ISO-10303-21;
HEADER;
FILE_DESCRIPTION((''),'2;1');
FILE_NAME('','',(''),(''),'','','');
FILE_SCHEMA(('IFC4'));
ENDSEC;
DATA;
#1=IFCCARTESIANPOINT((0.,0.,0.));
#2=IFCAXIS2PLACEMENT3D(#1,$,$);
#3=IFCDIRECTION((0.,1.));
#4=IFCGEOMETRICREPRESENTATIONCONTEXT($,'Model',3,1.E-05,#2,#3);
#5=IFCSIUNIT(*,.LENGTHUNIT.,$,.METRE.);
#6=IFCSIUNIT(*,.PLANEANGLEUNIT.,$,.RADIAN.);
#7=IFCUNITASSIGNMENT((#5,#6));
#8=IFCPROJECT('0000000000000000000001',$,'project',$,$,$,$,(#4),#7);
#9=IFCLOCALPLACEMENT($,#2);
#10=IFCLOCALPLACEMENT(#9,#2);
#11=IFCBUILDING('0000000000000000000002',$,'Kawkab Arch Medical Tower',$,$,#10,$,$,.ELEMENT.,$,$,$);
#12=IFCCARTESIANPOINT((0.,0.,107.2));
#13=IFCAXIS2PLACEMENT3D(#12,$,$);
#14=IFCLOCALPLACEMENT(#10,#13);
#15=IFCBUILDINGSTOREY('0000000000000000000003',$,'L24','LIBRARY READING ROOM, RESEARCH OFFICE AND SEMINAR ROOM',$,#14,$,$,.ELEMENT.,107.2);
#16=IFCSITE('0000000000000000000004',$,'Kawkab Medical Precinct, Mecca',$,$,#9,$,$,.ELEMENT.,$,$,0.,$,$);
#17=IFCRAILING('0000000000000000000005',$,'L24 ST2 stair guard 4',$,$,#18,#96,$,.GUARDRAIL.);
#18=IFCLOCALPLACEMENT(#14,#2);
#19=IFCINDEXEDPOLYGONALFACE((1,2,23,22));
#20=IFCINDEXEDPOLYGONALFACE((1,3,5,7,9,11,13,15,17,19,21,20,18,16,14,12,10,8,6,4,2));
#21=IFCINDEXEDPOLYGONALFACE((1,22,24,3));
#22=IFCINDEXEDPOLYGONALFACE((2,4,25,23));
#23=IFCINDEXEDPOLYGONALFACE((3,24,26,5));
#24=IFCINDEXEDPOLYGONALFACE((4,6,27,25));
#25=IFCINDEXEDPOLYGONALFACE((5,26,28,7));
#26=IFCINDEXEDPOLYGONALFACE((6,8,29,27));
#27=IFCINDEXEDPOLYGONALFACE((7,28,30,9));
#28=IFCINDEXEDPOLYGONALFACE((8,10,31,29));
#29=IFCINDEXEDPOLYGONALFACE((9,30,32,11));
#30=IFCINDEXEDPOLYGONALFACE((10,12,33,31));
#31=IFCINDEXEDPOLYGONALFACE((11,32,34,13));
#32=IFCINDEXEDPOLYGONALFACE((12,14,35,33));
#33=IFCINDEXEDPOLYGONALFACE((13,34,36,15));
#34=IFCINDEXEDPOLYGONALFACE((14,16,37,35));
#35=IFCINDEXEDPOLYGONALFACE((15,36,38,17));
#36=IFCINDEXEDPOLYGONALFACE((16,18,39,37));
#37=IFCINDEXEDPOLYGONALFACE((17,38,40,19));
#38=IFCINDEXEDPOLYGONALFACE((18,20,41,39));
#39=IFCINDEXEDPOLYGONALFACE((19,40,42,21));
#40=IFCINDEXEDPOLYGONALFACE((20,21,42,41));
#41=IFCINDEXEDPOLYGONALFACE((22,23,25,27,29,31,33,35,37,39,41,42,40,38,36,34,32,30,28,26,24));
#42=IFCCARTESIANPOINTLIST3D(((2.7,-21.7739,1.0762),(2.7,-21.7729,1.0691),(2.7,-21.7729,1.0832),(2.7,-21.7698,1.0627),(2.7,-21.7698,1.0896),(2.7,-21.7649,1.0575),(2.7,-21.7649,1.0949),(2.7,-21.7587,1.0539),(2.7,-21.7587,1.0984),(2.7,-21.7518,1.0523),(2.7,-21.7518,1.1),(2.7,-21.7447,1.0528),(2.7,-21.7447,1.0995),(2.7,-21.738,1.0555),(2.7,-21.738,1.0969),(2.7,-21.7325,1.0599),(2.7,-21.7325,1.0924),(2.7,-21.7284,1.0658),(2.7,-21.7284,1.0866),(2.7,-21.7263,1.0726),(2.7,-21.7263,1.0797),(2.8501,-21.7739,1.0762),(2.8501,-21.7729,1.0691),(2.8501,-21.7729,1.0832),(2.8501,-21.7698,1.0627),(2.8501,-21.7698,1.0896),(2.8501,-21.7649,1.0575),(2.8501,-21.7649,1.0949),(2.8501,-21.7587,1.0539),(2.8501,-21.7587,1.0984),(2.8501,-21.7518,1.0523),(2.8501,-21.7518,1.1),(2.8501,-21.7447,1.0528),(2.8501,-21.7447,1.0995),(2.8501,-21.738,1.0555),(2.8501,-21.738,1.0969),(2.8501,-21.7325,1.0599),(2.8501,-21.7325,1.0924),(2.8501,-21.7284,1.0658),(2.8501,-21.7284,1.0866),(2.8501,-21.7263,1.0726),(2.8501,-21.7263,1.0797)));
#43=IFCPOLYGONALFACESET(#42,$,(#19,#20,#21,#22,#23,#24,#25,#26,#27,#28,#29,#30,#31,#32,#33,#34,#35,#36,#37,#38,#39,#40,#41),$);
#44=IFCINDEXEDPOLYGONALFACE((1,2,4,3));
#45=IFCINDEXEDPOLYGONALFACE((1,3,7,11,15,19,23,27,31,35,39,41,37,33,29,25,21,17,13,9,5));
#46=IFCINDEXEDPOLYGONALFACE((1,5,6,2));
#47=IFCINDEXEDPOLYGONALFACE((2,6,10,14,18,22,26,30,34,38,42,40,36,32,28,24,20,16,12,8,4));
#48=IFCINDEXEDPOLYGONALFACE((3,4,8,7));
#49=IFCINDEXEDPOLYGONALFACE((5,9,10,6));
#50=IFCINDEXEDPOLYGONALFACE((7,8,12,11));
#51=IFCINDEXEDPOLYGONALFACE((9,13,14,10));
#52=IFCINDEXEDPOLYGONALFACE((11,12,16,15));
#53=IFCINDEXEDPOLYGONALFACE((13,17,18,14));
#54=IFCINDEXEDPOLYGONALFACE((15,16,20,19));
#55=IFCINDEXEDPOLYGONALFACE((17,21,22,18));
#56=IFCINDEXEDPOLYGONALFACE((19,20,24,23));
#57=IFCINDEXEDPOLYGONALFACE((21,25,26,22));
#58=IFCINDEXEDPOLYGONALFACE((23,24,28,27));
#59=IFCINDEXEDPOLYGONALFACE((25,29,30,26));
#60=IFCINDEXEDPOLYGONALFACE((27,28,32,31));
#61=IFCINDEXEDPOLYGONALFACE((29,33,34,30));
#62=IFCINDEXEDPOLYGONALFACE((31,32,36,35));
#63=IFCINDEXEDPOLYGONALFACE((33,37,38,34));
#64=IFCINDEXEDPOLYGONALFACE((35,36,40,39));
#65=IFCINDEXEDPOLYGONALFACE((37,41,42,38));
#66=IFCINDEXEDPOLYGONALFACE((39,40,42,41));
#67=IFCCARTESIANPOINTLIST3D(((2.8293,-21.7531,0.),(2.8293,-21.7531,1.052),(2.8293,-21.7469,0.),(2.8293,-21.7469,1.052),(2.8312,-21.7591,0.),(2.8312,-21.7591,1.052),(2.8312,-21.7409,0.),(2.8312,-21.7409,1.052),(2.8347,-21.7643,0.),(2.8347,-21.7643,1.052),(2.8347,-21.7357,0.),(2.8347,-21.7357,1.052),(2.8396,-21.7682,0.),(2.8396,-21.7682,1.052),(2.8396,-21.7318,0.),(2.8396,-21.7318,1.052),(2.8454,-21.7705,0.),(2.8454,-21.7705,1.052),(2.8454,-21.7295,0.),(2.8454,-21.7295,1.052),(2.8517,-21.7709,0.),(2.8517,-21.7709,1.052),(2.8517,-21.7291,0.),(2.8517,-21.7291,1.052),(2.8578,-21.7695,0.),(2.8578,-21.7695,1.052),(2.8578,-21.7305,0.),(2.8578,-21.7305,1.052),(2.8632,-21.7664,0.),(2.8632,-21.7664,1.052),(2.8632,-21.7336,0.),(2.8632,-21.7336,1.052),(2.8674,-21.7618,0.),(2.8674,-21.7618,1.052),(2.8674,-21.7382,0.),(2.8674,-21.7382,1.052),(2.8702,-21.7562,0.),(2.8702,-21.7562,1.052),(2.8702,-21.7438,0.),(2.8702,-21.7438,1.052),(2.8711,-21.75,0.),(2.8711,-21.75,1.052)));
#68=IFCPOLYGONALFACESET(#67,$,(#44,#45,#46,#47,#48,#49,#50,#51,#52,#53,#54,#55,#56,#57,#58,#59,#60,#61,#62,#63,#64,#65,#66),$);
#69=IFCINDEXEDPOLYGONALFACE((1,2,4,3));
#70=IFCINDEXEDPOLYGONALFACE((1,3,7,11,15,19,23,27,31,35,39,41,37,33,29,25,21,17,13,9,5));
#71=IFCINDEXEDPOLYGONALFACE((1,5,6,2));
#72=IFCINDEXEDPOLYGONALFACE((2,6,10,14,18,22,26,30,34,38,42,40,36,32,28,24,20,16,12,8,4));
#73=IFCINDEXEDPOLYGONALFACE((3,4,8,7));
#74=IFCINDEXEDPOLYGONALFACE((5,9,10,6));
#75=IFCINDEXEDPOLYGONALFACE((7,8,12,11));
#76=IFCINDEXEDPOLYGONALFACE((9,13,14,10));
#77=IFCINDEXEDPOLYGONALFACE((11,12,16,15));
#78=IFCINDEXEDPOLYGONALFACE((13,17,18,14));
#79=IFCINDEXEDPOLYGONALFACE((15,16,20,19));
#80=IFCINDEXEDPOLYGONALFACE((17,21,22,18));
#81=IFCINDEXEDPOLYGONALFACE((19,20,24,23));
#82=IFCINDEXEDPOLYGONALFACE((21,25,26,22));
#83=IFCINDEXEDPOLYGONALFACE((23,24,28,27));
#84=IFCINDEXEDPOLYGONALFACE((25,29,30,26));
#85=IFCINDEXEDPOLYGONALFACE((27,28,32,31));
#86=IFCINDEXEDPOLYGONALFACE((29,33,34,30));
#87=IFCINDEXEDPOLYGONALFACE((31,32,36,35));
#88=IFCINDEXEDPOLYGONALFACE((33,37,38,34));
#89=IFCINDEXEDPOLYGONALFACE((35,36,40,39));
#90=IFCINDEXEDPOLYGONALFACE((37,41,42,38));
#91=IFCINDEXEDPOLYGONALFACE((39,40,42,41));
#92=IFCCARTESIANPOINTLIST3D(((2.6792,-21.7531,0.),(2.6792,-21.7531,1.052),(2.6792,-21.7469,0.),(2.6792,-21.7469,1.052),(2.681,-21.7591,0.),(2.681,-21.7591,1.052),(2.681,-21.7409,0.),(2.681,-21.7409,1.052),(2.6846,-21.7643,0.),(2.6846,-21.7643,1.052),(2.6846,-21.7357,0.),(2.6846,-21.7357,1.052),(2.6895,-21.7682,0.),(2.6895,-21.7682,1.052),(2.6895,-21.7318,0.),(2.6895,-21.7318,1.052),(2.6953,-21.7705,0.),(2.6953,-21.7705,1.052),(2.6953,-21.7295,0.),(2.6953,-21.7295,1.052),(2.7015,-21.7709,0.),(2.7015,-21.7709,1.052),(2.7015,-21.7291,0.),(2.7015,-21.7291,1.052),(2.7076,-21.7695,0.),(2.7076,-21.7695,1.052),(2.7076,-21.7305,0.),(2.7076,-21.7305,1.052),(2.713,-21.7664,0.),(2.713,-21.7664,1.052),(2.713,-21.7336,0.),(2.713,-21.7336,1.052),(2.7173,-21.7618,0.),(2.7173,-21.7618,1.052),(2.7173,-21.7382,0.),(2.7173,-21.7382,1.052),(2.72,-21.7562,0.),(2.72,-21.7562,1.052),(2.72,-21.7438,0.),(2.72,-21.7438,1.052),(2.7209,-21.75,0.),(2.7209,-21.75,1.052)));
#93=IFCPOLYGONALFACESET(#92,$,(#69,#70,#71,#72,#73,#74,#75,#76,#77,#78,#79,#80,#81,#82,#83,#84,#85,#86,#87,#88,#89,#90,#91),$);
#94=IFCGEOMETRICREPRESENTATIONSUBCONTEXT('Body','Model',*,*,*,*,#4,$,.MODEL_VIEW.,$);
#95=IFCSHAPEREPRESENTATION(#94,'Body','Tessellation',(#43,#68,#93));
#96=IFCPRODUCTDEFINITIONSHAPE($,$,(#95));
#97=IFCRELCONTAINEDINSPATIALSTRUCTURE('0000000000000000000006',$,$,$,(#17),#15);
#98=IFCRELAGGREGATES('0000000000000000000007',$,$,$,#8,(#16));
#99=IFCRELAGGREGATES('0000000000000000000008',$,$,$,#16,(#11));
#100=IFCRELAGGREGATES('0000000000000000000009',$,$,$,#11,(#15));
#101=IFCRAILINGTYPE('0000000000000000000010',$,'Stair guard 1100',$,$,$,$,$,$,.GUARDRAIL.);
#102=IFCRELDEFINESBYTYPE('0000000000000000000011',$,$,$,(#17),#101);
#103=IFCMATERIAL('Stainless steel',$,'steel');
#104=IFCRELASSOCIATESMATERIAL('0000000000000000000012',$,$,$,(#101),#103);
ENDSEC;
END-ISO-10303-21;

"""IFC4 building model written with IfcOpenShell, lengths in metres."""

from ifc_helpers import new_model, si_unit, direction, frame, origin, origin_2d, place, context, subcontext, project, spatial, circle, extrude, material, type_object, element, save


model = new_model("IFC4")

# Units and contexts
model_context = context("Model", 3, precision=1e-05, world=origin(), true_north=direction((0.0, 1.0)))
body_context = subcontext(model_context, "Body", "Model", "MODEL_VIEW")
ifc_project = project(units=[si_unit("LENGTHUNIT", "METRE"), si_unit("PLANEANGLEUNIT", "RADIAN")], contexts=[model_context])

# Site, building, storey
site_placement = place(None, origin())
site = spatial("IfcSite", under=ifc_project, at=site_placement, Name="Kawkab Medical Precinct, Mecca", CompositionType="ELEMENT", RefElevation=0.0)
building_placement = place(site_placement, origin())
building = spatial("IfcBuilding", under=site, at=building_placement, Name="Kawkab Arch Medical Tower", CompositionType="ELEMENT")
storey_placement = place(building_placement, frame((0.0, 0.0, 107.2)))
storey = spatial("IfcBuildingStorey", under=building, at=storey_placement, Name="L24", Description="LIBRARY READING ROOM, RESEARCH OFFICE AND SEMINAR ROOM", CompositionType="ELEMENT", Elevation=107.2)

# Railing
ifc_material_1 = material(Name="Stainless steel", Category="steel")
railing_type_1 = type_object("IfcRailingType", Name="Stair guard 1100", PredefinedType="GUARDRAIL", material=ifc_material_1)
railing_1_placement = place(storey_placement, frame((2.8501, -21.75, 0.0)))
element("IfcRailing", 1, at=railing_1_placement, inside=storey, type_object=railing_type_1, Name="L24 ST2 stair guard 4", PredefinedType="GUARDRAIL", context=body_context, shape_type="SweptSolid", body=[
    extrude(circle(Radius=0.0239, at=origin_2d()), frame((0.0, 0.0, 1.0762), z_axis=(-1.0, 0.0, 0.0), x_axis=(0.0, -1.0, 0.0)), (0.0, 0.0, 1.0), 0.1501),
    extrude(circle(Radius=0.021, at=origin_2d()), origin(), (0.0, 0.0, 1.0), 1.052),
    extrude(circle(Radius=0.021, at=origin_2d()), frame((-0.1501, 0.0, 0.0)), (0.0, 0.0, 1.0), 1.052),
])

save(model, "model.ifc")
